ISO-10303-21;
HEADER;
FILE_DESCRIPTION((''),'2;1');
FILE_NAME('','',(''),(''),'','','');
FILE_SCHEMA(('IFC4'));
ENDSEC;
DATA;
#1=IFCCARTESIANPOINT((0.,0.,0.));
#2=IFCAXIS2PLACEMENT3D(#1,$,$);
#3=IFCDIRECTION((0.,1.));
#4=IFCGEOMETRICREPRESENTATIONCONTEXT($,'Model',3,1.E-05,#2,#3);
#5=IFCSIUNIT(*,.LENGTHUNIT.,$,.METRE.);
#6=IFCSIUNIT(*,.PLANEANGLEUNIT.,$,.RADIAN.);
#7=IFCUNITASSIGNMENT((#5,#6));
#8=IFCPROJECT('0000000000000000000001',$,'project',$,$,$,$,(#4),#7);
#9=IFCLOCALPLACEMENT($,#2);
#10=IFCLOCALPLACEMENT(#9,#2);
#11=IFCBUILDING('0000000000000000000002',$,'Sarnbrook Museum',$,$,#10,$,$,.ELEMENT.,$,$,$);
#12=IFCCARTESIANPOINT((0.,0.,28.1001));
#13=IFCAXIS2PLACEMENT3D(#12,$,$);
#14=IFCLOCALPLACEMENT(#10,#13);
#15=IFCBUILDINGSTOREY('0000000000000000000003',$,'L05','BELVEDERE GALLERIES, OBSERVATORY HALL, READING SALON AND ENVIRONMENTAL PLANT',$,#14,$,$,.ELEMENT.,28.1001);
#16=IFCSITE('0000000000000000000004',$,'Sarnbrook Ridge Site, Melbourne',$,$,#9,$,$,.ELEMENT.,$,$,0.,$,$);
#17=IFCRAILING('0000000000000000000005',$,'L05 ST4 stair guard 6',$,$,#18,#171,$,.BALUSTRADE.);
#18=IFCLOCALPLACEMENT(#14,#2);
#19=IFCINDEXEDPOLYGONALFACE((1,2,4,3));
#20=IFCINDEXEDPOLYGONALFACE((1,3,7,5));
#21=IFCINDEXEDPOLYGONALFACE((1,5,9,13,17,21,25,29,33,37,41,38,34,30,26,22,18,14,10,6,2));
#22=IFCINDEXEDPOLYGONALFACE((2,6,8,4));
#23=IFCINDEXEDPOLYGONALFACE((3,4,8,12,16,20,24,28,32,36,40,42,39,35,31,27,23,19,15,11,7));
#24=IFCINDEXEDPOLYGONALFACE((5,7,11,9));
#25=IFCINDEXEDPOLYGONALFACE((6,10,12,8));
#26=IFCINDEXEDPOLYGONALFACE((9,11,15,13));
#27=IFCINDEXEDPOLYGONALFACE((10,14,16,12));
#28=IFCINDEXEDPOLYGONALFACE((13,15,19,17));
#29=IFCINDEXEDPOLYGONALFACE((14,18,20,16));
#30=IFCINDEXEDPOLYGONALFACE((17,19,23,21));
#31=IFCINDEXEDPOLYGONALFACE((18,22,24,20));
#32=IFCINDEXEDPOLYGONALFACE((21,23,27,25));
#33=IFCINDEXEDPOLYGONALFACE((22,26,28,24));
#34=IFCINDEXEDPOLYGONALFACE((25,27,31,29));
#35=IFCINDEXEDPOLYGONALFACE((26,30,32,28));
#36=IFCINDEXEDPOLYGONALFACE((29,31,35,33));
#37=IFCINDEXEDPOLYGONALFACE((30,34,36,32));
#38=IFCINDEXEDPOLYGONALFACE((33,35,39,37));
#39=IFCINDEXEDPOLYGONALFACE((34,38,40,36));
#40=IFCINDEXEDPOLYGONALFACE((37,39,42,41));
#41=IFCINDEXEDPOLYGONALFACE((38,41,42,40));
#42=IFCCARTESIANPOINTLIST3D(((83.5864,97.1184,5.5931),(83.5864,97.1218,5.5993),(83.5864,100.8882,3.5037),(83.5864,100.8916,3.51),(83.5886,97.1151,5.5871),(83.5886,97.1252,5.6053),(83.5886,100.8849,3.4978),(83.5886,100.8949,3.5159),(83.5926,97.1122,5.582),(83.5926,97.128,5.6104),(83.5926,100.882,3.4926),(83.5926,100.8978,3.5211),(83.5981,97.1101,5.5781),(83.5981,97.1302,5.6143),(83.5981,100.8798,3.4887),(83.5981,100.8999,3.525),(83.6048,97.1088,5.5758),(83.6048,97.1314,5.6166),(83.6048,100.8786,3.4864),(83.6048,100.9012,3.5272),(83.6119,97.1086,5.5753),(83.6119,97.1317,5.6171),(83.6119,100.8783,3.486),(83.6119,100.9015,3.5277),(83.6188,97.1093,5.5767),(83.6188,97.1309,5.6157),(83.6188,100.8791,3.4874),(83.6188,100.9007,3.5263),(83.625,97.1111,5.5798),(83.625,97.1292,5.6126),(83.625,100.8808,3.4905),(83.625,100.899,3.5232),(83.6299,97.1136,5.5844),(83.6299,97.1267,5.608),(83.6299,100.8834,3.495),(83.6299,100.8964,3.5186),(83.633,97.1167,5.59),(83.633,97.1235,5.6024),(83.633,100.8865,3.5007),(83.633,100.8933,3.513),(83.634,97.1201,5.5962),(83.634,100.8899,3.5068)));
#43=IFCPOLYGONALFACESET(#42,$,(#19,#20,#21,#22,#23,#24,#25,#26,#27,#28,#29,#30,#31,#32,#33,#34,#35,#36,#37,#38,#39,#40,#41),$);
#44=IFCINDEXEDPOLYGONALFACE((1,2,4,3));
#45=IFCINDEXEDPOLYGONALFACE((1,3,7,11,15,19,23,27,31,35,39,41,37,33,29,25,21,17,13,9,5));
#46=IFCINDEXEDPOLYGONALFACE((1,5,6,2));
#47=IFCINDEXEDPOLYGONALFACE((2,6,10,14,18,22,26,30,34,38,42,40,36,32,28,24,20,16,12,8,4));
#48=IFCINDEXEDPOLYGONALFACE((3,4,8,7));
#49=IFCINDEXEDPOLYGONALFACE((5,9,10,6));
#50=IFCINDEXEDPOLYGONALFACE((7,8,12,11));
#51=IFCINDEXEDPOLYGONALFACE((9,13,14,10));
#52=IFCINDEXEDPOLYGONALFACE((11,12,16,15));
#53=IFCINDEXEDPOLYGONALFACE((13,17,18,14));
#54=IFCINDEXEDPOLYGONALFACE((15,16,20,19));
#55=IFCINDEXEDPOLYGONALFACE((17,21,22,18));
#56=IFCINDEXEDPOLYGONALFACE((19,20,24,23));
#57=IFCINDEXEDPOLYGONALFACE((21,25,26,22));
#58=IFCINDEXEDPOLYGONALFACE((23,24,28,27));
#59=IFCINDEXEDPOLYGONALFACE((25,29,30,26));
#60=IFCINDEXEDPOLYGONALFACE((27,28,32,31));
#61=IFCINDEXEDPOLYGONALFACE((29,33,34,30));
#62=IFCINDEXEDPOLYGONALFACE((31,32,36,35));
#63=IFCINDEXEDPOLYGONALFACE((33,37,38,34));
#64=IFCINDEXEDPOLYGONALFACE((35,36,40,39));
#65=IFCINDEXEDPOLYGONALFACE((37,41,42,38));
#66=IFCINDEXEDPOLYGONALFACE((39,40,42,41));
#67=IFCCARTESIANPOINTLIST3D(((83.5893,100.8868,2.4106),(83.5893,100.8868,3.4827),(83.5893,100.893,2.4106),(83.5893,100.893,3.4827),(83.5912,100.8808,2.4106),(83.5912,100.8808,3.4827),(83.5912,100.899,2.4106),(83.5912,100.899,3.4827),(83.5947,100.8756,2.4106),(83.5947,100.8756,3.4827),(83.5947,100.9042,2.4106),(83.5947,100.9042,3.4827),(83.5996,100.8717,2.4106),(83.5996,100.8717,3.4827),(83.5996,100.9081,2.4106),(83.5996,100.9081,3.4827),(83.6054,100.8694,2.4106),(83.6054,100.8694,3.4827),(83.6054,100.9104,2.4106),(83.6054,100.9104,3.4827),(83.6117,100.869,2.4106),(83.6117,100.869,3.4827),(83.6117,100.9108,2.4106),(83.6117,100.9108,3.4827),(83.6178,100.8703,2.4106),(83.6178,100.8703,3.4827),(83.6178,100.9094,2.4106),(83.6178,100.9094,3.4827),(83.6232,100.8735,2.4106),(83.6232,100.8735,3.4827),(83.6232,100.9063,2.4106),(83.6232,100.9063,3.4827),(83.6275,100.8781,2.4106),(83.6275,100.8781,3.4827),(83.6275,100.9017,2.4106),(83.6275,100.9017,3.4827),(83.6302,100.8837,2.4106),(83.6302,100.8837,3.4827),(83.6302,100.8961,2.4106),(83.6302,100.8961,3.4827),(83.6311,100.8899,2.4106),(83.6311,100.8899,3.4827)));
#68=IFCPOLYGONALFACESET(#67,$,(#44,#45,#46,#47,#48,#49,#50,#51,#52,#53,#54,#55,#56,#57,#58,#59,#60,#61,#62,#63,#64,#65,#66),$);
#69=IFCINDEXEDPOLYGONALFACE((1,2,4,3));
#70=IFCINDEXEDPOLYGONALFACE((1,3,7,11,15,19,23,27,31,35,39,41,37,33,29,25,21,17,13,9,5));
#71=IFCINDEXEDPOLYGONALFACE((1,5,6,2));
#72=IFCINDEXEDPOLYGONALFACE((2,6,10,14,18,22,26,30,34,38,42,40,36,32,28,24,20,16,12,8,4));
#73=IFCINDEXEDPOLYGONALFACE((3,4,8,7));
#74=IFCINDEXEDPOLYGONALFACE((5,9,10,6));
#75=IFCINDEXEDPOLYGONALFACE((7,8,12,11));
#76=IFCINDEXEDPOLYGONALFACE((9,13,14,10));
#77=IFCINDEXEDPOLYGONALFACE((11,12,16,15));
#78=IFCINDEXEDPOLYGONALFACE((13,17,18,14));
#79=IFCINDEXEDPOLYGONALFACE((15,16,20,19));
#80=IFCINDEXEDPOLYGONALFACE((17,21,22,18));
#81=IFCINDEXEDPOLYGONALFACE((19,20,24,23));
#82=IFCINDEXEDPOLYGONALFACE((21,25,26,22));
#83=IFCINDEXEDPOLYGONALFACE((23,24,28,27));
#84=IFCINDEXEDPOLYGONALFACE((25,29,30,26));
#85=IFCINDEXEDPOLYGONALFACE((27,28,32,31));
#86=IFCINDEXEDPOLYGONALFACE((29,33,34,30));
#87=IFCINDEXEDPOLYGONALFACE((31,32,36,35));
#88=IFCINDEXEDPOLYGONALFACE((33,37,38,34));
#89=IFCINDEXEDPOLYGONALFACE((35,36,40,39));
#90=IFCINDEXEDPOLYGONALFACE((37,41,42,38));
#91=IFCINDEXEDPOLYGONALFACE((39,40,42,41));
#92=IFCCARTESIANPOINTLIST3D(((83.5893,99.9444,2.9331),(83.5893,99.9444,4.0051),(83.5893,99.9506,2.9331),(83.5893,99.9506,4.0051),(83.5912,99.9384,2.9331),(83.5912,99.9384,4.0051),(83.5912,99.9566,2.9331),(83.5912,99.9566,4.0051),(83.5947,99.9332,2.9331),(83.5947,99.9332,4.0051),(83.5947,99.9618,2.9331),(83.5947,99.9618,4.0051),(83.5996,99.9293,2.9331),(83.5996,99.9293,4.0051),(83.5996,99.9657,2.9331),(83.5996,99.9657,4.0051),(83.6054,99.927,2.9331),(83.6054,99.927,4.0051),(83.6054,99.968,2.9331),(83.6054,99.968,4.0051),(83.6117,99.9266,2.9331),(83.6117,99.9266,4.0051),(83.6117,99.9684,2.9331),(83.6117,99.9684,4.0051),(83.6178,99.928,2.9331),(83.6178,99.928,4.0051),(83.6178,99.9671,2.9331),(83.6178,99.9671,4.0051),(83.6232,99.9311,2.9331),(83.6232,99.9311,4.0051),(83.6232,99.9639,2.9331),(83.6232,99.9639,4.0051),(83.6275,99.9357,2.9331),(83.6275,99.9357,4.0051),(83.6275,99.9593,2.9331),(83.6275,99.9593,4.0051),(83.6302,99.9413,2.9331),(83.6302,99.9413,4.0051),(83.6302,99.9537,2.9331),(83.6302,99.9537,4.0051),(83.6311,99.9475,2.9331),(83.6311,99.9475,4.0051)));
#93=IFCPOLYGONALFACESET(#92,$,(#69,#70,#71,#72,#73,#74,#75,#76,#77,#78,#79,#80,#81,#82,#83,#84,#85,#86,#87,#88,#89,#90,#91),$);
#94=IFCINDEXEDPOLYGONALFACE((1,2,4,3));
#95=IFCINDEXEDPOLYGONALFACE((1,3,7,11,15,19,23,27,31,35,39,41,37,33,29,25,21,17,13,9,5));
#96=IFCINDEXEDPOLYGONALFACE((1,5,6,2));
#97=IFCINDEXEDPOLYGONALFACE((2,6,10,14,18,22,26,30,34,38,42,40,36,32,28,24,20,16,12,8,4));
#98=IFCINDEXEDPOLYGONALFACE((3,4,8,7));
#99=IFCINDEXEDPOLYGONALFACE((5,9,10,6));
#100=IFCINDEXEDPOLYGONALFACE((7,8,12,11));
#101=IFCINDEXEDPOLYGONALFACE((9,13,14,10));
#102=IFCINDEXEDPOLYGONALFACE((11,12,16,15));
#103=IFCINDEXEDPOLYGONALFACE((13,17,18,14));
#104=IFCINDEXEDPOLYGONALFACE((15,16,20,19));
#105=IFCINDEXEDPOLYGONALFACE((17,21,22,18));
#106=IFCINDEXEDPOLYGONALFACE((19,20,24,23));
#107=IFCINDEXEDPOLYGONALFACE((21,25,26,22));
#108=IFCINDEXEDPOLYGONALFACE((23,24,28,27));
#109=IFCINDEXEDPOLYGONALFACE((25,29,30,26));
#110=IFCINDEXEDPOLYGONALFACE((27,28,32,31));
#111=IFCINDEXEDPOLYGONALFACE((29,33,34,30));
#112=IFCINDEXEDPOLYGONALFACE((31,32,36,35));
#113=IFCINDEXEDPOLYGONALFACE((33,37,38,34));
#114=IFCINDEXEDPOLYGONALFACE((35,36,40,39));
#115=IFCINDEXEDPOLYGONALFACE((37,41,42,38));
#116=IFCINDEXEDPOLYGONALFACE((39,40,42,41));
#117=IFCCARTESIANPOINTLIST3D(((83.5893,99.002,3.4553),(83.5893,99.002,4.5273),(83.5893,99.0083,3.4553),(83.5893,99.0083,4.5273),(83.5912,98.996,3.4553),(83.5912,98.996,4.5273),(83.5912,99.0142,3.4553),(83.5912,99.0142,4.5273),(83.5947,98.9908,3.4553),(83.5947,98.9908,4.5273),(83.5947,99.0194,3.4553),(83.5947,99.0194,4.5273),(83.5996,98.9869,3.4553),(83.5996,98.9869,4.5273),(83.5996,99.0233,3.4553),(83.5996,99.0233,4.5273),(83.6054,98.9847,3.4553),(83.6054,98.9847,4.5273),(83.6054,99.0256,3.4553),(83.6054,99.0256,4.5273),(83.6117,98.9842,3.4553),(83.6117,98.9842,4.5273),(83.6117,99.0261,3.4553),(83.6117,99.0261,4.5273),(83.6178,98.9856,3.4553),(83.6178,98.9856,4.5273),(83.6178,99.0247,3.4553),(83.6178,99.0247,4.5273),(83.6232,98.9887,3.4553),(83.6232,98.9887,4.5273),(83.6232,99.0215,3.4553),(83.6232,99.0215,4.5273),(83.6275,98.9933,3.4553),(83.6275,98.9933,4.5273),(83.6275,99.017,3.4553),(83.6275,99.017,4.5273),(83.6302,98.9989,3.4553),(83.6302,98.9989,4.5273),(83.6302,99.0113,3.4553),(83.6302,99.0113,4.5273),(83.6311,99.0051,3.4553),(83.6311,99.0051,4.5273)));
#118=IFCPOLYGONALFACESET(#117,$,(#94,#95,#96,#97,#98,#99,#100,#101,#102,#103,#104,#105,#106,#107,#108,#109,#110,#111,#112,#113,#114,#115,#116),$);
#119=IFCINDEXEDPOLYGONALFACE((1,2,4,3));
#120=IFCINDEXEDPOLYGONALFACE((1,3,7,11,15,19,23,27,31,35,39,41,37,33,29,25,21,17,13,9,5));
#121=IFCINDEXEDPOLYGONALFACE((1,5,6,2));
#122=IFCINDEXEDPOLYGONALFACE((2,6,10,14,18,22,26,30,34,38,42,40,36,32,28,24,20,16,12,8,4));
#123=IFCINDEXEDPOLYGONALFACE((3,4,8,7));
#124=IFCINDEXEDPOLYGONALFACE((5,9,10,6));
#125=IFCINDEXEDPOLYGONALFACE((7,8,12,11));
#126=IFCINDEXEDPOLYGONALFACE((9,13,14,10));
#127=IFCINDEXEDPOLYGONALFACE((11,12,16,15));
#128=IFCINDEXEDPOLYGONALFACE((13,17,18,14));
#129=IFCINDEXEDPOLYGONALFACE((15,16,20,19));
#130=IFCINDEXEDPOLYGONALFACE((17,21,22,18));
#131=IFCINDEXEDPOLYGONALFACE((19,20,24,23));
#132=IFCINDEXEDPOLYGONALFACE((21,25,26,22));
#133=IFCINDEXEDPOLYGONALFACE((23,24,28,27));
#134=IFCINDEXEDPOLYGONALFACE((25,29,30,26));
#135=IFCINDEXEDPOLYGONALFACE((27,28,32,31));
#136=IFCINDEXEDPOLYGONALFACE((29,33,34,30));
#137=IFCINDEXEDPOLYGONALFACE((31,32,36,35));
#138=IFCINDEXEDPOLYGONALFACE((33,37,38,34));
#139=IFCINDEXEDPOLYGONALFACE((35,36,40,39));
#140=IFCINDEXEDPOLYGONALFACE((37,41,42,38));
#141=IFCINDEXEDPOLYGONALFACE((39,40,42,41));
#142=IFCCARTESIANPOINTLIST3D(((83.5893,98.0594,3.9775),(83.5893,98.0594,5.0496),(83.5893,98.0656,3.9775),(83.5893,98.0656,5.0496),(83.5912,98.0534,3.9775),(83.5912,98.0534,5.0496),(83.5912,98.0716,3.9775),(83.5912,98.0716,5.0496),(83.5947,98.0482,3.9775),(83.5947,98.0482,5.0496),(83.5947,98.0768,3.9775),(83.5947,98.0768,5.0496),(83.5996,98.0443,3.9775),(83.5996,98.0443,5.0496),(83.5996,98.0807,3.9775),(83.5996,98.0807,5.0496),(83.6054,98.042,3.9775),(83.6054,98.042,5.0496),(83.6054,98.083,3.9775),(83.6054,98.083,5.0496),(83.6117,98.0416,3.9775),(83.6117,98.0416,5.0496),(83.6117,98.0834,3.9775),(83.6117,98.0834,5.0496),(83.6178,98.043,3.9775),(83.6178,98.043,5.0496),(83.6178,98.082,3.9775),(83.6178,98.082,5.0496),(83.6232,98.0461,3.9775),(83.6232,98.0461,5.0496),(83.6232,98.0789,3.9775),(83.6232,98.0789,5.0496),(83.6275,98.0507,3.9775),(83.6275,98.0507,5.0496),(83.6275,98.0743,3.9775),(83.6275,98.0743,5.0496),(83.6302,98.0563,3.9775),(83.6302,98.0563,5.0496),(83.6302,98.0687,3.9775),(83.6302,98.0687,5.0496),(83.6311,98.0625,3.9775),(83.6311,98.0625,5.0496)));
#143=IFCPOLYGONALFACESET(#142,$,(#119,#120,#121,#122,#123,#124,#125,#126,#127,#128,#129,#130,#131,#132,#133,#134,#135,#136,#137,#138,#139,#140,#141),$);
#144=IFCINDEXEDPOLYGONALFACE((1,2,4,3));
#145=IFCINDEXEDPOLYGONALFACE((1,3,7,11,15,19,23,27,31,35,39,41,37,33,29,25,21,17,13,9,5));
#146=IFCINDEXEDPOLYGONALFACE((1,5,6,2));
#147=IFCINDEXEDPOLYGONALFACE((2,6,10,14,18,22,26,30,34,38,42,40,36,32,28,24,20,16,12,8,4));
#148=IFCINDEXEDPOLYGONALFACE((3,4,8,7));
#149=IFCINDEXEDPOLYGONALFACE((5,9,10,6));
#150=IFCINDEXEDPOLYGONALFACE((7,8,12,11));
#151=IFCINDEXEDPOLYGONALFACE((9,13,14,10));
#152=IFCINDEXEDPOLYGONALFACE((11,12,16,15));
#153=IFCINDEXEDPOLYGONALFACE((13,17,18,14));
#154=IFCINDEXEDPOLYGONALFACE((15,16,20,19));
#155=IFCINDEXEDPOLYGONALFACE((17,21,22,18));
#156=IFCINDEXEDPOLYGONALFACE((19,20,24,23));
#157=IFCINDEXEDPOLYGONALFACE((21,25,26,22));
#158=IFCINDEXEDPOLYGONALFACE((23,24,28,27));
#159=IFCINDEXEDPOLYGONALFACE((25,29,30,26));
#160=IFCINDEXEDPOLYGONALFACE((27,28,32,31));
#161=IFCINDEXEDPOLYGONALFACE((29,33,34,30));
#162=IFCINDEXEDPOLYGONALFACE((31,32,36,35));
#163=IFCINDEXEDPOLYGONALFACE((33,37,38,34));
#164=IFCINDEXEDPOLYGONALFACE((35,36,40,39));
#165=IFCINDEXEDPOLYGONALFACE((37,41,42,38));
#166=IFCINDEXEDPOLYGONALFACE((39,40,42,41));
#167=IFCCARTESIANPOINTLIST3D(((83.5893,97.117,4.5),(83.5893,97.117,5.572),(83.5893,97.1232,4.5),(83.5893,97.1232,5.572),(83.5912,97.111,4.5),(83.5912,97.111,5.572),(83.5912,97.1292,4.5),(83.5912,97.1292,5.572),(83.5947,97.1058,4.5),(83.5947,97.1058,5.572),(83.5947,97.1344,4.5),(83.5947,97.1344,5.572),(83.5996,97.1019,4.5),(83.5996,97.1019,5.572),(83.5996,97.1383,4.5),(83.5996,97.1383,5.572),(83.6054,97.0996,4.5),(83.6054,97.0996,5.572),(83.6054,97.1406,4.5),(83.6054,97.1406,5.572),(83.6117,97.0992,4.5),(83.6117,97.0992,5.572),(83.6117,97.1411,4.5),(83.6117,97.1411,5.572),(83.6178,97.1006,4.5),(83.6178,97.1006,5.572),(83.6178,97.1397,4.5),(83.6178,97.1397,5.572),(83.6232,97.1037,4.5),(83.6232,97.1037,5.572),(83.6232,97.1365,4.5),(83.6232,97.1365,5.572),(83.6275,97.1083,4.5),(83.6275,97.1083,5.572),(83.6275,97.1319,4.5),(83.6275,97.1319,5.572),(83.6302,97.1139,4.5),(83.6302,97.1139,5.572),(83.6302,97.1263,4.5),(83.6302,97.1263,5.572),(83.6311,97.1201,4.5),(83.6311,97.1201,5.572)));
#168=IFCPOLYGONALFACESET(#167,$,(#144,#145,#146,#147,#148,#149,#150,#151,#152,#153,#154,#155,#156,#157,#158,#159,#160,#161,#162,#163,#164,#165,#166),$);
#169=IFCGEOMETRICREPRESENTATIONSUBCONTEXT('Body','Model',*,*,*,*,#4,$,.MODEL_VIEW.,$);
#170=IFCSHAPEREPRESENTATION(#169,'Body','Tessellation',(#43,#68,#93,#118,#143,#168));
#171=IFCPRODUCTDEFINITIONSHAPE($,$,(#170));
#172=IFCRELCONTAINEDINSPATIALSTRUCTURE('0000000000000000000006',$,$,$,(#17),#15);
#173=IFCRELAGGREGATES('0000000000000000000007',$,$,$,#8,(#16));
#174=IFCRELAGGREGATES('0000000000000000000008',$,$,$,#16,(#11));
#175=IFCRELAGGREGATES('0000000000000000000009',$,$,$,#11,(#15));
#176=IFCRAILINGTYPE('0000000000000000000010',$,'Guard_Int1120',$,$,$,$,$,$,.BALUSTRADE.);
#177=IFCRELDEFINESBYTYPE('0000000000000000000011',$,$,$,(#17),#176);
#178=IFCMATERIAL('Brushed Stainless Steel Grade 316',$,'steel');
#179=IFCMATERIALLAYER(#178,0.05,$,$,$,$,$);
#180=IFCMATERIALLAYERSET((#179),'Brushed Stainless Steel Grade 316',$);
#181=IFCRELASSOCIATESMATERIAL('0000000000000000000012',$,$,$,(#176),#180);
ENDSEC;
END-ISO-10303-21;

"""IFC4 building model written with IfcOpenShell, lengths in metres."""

from ifc_helpers import new_model, si_unit, direction, frame, origin, origin_2d, place, context, subcontext, project, spatial, circle, extrude, material, layer, layer_set, type_object, element, save


model = new_model("IFC4")

# Units and contexts
model_context = context("Model", 3, precision=1e-05, world=origin(), true_north=direction((0.0, 1.0)))
body_context = subcontext(model_context, "Body", "Model", "MODEL_VIEW")
ifc_project = project(units=[si_unit("LENGTHUNIT", "METRE"), si_unit("PLANEANGLEUNIT", "RADIAN")], contexts=[model_context])

# Site, building, storey
site_placement = place(None, origin())
site = spatial("IfcSite", under=ifc_project, at=site_placement, Name="Sarnbrook Ridge Site, Melbourne", CompositionType="ELEMENT", RefElevation=0.0)
building_placement = place(site_placement, origin())
building = spatial("IfcBuilding", under=site, at=building_placement, Name="Sarnbrook Museum", CompositionType="ELEMENT")
storey_placement = place(building_placement, frame((0.0, 0.0, 28.1001)))
storey = spatial("IfcBuildingStorey", under=building, at=storey_placement, Name="L05", Description="BELVEDERE GALLERIES, OBSERVATORY HALL, READING SALON AND ENVIRONMENTAL PLANT", CompositionType="ELEMENT", Elevation=28.1001)

# Shared definitions
ifc_material_1 = material(Name="Brushed Stainless Steel Grade 316", Category="steel")

# Railing
ifc_layer_1 = layer(ifc_material_1, 0.05)
ifc_layer_set_1 = layer_set([ifc_layer_1], Name="Brushed Stainless Steel Grade 316")
railing_type_1 = type_object("IfcRailingType", Name="Guard_Int1120", PredefinedType="BALUSTRADE", material=ifc_layer_set_1)
railing_1_placement = place(storey_placement, frame((83.6101, 100.8899, 2.4106)))
element("IfcRailing", 1, at=railing_1_placement, inside=storey, type_object=railing_type_1, Name="L05 ST4 stair guard 6", PredefinedType="BALUSTRADE", context=body_context, shape_type="SweptSolid", body=[
    extrude(circle(Radius=0.0239, at=origin_2d()), frame((0.0, 0.0, 1.0962), z_axis=(0.0, -0.874646, 0.484763), x_axis=(1.0, 0.0, 0.0)), (0.0, 0.0, 1.0), 4.3101),
    extrude(circle(Radius=0.021, at=origin_2d()), origin(), (0.0, 0.0, 1.0), 1.072),
    extrude(circle(Radius=0.021, at=origin_2d()), frame((0.0, -0.9424, 0.5225)), (0.0, 0.0, 1.0), 1.072),
    extrude(circle(Radius=0.021, at=origin_2d()), frame((0.0, -1.8848, 1.0447)), (0.0, 0.0, 1.0), 1.072),
    extrude(circle(Radius=0.021, at=origin_2d()), frame((0.0, -2.8274, 1.5669)), (0.0, 0.0, 1.0), 1.072),
    extrude(circle(Radius=0.021, at=origin_2d()), frame((0.0, -3.7698, 2.0894)), (0.0, 0.0, 1.0), 1.072),
])

save(model, "model.ifc")
